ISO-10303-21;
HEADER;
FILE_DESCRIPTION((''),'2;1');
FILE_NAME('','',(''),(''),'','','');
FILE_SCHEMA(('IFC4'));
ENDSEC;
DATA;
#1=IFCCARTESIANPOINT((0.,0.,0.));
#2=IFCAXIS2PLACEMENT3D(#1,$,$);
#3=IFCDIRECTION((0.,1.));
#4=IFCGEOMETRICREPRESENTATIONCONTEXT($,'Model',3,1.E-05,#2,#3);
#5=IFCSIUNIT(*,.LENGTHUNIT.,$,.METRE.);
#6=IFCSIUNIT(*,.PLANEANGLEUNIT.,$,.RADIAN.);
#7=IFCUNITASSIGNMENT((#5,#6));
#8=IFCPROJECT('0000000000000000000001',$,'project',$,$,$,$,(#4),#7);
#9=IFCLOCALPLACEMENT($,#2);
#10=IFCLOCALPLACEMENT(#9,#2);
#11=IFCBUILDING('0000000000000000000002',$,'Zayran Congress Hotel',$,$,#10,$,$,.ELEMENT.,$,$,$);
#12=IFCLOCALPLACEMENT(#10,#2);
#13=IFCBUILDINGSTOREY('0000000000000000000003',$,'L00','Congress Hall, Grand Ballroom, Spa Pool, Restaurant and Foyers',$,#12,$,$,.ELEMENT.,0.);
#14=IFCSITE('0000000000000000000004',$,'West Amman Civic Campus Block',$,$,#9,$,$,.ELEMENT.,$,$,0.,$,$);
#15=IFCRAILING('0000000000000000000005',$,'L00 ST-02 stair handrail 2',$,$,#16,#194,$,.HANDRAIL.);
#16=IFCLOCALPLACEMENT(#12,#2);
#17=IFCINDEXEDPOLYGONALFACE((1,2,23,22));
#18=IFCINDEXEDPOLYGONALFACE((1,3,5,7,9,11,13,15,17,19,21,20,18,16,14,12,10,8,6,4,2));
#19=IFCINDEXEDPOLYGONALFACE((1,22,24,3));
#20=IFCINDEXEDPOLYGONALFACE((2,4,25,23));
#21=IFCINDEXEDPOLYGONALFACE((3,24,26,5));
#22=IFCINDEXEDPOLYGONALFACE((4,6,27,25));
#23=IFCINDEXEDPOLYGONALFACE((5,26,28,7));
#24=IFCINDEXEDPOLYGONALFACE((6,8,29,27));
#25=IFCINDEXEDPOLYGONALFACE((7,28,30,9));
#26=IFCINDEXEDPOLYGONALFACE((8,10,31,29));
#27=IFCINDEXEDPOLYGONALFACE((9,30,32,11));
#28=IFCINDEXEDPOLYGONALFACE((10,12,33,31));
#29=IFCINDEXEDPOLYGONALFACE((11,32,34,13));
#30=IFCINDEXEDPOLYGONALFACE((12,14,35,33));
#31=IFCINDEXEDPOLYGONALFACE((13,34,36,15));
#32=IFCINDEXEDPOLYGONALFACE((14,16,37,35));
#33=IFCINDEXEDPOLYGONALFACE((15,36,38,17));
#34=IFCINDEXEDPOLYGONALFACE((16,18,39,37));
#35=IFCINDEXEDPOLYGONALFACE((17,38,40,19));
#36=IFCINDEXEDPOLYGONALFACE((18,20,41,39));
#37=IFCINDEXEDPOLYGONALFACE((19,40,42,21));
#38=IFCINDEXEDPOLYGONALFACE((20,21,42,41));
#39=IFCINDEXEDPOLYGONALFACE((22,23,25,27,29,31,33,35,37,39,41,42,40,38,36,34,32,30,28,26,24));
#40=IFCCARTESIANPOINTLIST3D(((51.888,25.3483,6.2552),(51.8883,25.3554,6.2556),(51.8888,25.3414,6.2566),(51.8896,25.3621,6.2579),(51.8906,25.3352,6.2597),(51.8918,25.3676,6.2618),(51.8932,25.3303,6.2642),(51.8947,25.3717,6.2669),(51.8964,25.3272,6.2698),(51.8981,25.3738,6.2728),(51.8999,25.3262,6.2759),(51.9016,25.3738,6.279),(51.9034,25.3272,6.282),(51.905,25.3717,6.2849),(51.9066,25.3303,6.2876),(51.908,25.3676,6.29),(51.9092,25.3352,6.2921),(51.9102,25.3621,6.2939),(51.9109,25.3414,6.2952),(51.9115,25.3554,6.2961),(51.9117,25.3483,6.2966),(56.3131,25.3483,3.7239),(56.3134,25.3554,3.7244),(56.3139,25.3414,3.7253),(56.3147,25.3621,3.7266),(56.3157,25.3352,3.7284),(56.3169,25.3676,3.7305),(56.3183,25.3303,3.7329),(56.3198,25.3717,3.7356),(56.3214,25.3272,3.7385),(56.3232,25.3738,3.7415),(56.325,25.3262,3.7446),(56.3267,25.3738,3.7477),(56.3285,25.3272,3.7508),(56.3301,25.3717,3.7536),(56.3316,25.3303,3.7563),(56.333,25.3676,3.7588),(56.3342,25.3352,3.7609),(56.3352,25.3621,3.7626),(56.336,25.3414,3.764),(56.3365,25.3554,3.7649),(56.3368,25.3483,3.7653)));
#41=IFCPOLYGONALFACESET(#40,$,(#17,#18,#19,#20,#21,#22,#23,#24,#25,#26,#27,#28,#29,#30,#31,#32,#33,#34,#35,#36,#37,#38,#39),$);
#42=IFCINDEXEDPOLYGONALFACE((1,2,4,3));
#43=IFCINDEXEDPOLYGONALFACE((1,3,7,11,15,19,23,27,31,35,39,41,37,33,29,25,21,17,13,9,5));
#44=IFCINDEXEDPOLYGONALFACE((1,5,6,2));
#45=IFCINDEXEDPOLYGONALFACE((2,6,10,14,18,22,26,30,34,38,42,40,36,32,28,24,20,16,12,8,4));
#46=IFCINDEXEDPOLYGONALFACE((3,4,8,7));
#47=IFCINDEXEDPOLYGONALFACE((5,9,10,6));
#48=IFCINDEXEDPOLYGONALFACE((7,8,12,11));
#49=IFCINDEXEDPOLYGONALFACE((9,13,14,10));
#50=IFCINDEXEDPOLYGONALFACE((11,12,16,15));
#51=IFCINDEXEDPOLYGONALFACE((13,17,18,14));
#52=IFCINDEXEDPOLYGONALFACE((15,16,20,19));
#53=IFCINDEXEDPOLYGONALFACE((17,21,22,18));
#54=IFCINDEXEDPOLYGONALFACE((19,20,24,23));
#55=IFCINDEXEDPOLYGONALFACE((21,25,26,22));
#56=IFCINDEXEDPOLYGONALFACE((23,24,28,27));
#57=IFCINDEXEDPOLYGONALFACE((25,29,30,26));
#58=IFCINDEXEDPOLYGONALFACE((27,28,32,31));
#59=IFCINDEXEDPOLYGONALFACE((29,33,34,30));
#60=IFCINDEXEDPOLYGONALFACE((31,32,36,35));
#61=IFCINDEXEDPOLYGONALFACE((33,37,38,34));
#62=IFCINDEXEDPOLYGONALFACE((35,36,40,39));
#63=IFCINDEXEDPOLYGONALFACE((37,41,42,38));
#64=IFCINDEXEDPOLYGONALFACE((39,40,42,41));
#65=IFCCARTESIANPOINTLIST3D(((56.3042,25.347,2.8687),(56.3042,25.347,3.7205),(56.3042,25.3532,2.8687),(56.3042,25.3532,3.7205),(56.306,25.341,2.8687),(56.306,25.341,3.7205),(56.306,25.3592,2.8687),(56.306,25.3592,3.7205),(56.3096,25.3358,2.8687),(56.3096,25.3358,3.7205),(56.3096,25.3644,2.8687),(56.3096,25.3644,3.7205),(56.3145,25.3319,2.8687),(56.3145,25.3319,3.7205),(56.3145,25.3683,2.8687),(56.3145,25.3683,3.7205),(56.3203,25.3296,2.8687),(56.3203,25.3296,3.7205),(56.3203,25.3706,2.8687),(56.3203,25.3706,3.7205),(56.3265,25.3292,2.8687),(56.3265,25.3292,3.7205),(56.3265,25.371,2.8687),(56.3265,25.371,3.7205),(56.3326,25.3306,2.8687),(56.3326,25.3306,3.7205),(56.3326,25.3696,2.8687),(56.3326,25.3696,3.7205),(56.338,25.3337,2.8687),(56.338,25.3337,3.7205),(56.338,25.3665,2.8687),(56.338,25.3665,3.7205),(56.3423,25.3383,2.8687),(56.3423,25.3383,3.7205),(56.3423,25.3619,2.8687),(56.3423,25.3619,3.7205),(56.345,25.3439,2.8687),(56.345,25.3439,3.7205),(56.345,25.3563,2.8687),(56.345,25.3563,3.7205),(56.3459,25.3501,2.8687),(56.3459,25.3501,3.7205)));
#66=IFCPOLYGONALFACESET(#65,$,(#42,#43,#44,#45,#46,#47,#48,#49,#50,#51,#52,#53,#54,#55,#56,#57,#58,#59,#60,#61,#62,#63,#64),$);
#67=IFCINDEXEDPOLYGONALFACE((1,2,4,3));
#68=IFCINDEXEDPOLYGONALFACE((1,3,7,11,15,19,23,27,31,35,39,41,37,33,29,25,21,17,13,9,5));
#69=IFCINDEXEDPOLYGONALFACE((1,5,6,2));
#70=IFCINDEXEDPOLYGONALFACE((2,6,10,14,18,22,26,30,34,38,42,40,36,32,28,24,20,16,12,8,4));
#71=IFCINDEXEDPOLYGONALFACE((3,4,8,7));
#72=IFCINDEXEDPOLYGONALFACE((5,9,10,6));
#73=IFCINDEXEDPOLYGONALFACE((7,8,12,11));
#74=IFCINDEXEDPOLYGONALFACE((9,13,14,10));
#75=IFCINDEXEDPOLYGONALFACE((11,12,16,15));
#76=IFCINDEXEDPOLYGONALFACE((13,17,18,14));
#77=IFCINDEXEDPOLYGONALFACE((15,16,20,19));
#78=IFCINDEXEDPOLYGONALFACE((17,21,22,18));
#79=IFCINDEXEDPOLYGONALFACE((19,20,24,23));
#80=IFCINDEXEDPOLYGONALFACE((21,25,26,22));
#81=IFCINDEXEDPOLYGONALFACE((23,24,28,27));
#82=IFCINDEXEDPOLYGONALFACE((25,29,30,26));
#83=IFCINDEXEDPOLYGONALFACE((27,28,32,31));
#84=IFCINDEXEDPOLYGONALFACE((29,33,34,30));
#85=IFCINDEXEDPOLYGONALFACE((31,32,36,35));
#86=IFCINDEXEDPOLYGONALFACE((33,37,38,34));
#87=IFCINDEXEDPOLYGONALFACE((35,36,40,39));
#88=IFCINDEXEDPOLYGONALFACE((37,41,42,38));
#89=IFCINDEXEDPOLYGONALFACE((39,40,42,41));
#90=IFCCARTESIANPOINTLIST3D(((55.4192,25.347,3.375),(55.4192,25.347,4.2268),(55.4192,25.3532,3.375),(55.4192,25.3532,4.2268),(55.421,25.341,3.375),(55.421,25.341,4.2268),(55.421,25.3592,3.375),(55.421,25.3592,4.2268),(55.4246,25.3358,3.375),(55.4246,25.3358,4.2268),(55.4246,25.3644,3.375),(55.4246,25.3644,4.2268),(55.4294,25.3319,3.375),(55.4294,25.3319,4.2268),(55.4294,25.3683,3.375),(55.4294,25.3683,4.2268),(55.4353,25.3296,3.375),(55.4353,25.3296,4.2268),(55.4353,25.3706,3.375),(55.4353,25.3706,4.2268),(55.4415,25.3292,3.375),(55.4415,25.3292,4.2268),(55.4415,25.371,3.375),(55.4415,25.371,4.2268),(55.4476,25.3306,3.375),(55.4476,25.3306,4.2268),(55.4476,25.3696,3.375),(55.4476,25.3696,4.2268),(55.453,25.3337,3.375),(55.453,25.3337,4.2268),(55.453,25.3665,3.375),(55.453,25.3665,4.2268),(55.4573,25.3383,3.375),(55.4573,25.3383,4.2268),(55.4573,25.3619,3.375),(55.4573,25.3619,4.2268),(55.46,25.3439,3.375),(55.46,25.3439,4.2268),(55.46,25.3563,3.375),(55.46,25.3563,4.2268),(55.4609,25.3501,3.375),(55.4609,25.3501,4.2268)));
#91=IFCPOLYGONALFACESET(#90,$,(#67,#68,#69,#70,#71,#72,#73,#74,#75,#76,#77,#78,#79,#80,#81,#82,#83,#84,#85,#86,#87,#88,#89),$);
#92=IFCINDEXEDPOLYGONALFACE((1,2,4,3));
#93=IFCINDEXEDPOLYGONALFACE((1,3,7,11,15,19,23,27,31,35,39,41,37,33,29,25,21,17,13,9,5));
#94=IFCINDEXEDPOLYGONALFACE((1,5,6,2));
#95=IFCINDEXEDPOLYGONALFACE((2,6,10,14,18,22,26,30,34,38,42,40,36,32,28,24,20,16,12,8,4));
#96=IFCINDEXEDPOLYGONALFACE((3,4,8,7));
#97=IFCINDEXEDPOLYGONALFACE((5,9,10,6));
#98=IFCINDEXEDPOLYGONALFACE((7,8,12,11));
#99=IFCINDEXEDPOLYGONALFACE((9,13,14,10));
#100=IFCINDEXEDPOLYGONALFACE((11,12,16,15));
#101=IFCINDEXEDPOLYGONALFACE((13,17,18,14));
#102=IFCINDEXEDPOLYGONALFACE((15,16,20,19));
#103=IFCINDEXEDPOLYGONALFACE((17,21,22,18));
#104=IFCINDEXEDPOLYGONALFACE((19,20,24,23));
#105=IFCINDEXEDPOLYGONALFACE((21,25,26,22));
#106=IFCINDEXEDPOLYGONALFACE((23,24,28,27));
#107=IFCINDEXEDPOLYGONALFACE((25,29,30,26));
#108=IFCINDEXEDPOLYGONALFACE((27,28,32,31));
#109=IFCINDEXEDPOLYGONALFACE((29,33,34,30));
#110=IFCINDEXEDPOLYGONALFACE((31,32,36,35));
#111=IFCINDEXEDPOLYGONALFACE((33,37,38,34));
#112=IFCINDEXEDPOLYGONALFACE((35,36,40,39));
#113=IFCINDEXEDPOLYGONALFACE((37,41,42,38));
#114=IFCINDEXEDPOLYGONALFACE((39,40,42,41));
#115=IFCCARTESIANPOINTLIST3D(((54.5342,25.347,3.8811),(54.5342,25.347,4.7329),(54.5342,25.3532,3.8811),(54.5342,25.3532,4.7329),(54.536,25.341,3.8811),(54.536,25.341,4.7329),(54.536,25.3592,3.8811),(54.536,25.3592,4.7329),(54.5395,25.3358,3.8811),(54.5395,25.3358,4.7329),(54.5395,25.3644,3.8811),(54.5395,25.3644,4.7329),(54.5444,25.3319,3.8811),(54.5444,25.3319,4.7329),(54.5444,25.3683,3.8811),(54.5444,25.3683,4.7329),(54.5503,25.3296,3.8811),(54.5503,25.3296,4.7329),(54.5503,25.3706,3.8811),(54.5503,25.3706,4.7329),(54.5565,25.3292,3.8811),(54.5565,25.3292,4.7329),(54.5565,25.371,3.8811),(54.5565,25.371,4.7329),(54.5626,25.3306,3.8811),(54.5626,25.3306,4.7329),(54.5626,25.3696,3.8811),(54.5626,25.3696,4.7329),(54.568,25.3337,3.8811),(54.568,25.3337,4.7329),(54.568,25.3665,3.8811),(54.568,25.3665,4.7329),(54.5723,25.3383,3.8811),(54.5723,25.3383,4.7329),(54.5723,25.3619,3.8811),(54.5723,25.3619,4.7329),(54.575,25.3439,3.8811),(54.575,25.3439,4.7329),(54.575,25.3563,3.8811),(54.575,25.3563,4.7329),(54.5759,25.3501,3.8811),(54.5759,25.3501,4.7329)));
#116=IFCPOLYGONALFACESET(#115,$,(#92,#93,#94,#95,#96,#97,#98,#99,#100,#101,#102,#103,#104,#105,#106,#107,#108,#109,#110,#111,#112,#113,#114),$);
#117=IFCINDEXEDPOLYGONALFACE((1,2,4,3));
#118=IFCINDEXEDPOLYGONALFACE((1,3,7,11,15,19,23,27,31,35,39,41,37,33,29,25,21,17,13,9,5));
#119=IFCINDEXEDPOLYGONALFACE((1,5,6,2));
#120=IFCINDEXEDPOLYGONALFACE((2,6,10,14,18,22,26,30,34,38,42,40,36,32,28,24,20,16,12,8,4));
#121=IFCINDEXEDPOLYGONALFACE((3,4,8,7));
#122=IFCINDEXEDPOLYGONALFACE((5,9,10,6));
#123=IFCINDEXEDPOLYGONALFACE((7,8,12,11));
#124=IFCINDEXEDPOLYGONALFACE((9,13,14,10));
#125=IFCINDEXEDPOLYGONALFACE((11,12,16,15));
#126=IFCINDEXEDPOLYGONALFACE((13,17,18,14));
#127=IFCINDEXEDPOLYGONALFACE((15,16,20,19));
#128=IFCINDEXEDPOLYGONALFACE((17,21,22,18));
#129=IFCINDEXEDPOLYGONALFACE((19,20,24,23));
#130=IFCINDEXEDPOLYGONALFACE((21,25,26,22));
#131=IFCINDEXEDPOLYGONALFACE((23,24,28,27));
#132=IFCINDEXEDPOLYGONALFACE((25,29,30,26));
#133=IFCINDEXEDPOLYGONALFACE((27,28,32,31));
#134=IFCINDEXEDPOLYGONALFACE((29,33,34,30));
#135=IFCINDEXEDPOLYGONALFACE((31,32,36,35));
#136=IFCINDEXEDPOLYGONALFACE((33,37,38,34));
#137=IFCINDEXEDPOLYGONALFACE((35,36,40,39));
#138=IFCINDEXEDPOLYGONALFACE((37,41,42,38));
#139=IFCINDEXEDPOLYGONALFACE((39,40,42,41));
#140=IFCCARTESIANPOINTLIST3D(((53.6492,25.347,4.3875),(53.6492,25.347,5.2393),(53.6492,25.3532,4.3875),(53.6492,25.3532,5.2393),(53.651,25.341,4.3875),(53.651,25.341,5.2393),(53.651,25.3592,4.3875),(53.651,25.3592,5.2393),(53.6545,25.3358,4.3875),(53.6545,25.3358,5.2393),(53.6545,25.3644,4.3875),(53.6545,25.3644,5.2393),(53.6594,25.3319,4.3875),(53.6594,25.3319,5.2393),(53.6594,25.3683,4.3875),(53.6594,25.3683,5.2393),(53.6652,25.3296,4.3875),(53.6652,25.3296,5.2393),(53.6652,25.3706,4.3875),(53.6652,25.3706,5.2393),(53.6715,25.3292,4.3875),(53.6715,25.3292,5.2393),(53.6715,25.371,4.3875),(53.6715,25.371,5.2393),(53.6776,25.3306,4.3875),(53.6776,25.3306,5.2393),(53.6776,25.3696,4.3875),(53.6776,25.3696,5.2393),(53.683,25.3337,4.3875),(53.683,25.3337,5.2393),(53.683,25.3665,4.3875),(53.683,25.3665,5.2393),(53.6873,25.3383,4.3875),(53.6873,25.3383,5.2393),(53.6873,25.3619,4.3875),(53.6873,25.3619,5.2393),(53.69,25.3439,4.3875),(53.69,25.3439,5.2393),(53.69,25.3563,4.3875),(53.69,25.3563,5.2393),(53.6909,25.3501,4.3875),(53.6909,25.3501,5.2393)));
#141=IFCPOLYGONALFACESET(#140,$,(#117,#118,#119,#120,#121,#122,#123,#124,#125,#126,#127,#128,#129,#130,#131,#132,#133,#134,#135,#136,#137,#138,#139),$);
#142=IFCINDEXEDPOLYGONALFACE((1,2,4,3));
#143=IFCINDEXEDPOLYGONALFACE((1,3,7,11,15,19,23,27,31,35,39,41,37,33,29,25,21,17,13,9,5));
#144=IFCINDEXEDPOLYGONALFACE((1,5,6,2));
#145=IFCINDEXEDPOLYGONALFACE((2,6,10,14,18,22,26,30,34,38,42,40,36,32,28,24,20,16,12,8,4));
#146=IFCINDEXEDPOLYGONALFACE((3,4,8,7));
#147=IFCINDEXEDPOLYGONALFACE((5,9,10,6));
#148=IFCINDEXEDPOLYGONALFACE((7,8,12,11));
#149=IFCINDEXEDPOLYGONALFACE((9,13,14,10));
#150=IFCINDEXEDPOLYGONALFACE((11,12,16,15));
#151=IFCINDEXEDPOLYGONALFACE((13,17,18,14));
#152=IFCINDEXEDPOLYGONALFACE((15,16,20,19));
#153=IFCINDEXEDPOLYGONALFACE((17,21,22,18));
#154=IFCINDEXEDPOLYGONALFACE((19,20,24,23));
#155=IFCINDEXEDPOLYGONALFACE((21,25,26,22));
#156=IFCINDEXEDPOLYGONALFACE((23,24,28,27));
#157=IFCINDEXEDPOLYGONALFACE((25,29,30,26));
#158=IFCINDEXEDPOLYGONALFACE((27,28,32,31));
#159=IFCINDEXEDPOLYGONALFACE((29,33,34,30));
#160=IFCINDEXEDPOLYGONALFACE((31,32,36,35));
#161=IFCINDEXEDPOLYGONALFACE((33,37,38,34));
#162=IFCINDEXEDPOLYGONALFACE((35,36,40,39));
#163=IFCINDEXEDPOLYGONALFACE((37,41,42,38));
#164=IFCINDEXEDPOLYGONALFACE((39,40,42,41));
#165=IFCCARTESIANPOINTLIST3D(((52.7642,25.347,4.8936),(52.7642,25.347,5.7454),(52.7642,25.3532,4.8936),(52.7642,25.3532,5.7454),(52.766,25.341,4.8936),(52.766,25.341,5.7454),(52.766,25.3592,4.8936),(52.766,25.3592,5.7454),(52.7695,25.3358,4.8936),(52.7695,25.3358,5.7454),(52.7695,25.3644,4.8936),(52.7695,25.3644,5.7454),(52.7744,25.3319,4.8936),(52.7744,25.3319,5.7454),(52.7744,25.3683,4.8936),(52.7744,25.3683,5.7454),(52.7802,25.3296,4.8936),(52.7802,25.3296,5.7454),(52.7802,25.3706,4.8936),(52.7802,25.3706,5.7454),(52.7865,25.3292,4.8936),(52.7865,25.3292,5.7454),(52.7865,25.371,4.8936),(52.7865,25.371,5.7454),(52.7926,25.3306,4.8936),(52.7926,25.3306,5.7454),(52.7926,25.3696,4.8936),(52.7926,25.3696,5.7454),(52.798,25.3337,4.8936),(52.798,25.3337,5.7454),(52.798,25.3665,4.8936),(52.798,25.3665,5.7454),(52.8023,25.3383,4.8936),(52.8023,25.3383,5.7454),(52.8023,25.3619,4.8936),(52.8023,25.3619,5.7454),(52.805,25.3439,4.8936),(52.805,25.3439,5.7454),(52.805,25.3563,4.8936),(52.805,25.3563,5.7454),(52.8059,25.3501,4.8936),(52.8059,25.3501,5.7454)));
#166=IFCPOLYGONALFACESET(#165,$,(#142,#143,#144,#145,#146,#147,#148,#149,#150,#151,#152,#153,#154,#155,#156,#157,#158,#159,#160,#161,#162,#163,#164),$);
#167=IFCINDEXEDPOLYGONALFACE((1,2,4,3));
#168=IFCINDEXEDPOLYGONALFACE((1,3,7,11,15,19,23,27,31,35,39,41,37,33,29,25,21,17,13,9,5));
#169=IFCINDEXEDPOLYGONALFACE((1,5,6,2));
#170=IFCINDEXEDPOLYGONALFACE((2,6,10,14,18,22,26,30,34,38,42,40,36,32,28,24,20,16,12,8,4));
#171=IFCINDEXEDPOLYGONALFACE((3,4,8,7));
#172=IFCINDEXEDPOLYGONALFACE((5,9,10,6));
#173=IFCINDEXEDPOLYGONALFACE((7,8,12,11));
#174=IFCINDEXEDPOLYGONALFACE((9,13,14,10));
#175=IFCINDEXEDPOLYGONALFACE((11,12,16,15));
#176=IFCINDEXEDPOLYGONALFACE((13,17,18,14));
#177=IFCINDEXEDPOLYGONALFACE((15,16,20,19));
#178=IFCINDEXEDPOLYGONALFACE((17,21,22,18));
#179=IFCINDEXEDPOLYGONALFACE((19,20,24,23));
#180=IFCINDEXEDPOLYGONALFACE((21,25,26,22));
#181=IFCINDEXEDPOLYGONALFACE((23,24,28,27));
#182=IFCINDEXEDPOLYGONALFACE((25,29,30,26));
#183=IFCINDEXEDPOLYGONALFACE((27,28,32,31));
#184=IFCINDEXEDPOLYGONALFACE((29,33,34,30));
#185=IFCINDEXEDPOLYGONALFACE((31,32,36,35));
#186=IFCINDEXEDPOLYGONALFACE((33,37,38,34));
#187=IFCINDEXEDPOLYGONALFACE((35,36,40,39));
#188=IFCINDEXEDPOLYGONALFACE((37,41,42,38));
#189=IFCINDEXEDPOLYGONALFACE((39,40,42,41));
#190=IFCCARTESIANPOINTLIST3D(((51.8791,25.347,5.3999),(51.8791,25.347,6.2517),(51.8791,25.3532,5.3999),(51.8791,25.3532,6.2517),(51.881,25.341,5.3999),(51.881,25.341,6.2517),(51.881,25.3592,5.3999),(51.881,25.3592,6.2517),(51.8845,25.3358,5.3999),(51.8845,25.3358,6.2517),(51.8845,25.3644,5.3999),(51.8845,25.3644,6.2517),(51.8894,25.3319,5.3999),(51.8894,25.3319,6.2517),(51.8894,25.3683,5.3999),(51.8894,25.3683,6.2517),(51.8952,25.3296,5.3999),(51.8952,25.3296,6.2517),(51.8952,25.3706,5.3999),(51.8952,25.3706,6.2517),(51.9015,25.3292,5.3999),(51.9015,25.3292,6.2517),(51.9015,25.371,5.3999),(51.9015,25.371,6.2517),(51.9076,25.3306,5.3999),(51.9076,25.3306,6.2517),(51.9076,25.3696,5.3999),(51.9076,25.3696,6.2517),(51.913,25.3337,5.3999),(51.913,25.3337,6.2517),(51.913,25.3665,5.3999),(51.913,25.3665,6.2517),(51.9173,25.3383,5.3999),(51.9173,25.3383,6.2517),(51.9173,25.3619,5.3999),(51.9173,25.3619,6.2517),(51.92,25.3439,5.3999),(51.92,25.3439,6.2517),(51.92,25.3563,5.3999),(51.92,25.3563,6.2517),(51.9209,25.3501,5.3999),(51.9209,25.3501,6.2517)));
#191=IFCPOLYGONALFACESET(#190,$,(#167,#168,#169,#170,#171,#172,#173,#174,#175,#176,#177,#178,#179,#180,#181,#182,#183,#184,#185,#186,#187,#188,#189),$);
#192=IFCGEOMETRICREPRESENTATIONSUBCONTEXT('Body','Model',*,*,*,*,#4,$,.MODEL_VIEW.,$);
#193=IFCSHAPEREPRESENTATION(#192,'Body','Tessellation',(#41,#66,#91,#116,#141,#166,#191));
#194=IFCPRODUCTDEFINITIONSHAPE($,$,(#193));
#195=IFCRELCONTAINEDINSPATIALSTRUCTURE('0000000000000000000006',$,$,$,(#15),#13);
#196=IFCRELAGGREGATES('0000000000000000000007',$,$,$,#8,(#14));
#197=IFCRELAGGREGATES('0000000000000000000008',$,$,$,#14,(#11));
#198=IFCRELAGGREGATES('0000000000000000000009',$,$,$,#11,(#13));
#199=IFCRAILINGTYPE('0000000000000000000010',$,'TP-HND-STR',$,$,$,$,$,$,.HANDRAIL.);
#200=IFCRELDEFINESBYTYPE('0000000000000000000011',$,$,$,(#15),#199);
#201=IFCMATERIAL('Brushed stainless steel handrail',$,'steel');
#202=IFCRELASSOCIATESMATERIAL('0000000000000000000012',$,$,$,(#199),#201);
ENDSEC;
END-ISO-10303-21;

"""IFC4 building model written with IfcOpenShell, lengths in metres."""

from ifc_helpers import new_model, si_unit, direction, frame, origin, origin_2d, place, context, subcontext, project, spatial, circle, extrude, material, type_object, element, save


model = new_model("IFC4")

# Units and contexts
model_context = context("Model", 3, precision=1e-05, world=origin(), true_north=direction((0.0, 1.0)))
body_context = subcontext(model_context, "Body", "Model", "MODEL_VIEW")
ifc_project = project(units=[si_unit("LENGTHUNIT", "METRE"), si_unit("PLANEANGLEUNIT", "RADIAN")], contexts=[model_context])

# Site, building, storey
site_placement = place(None, origin())
site = spatial("IfcSite", under=ifc_project, at=site_placement, Name="West Amman Civic Campus Block", CompositionType="ELEMENT", RefElevation=0.0)
building_placement = place(site_placement, origin())
building = spatial("IfcBuilding", under=site, at=building_placement, Name="Zayran Congress Hotel", CompositionType="ELEMENT")
storey_placement = place(building_placement, origin())
storey = spatial("IfcBuildingStorey", under=building, at=storey_placement, Name="L00", Description="Congress Hall, Grand Ballroom, Spa Pool, Restaurant and Foyers", CompositionType="ELEMENT", Elevation=0.0)

# Railing
ifc_material_1 = material(Name="Brushed stainless steel handrail", Category="steel")
railing_type_1 = type_object("IfcRailingType", Name="TP-HND-STR", PredefinedType="HANDRAIL", material=ifc_material_1)
railing_1_placement = place(storey_placement, frame((56.325, 25.3501, 2.8687)))
element("IfcRailing", 1, at=railing_1_placement, inside=storey, type_object=railing_type_1, Name="L00 ST-02 stair handrail 2", PredefinedType="HANDRAIL", context=body_context, shape_type="SweptSolid", body=[
    extrude(circle(Radius=0.0239, at=origin_2d()), frame((0.0, 0.0, 0.876), z_axis=(-0.868019, 0.0, 0.496531), x_axis=(0.0, -1.0, 0.0)), (0.0, 0.0, 1.0), 5.0979),
    extrude(circle(Radius=0.021, at=origin_2d()), origin(), (0.0, 0.0, 1.0), 0.8518),
    extrude(circle(Radius=0.021, at=origin_2d()), frame((-0.885, 0.0, 0.5063)), (0.0, 0.0, 1.0), 0.8518),
    extrude(circle(Radius=0.021, at=origin_2d()), frame((-1.77, 0.0, 1.0125)), (0.0, 0.0, 1.0), 0.8518),
    extrude(circle(Radius=0.021, at=origin_2d()), frame((-2.655, 0.0, 1.5188)), (0.0, 0.0, 1.0), 0.8518),
    extrude(circle(Radius=0.021, at=origin_2d()), frame((-3.54, 0.0, 2.0249)), (0.0, 0.0, 1.0), 0.8518),
    extrude(circle(Radius=0.021, at=origin_2d()), frame((-4.425, 0.0, 2.5312)), (0.0, 0.0, 1.0), 0.8518),
])

save(model, "model.ifc")
